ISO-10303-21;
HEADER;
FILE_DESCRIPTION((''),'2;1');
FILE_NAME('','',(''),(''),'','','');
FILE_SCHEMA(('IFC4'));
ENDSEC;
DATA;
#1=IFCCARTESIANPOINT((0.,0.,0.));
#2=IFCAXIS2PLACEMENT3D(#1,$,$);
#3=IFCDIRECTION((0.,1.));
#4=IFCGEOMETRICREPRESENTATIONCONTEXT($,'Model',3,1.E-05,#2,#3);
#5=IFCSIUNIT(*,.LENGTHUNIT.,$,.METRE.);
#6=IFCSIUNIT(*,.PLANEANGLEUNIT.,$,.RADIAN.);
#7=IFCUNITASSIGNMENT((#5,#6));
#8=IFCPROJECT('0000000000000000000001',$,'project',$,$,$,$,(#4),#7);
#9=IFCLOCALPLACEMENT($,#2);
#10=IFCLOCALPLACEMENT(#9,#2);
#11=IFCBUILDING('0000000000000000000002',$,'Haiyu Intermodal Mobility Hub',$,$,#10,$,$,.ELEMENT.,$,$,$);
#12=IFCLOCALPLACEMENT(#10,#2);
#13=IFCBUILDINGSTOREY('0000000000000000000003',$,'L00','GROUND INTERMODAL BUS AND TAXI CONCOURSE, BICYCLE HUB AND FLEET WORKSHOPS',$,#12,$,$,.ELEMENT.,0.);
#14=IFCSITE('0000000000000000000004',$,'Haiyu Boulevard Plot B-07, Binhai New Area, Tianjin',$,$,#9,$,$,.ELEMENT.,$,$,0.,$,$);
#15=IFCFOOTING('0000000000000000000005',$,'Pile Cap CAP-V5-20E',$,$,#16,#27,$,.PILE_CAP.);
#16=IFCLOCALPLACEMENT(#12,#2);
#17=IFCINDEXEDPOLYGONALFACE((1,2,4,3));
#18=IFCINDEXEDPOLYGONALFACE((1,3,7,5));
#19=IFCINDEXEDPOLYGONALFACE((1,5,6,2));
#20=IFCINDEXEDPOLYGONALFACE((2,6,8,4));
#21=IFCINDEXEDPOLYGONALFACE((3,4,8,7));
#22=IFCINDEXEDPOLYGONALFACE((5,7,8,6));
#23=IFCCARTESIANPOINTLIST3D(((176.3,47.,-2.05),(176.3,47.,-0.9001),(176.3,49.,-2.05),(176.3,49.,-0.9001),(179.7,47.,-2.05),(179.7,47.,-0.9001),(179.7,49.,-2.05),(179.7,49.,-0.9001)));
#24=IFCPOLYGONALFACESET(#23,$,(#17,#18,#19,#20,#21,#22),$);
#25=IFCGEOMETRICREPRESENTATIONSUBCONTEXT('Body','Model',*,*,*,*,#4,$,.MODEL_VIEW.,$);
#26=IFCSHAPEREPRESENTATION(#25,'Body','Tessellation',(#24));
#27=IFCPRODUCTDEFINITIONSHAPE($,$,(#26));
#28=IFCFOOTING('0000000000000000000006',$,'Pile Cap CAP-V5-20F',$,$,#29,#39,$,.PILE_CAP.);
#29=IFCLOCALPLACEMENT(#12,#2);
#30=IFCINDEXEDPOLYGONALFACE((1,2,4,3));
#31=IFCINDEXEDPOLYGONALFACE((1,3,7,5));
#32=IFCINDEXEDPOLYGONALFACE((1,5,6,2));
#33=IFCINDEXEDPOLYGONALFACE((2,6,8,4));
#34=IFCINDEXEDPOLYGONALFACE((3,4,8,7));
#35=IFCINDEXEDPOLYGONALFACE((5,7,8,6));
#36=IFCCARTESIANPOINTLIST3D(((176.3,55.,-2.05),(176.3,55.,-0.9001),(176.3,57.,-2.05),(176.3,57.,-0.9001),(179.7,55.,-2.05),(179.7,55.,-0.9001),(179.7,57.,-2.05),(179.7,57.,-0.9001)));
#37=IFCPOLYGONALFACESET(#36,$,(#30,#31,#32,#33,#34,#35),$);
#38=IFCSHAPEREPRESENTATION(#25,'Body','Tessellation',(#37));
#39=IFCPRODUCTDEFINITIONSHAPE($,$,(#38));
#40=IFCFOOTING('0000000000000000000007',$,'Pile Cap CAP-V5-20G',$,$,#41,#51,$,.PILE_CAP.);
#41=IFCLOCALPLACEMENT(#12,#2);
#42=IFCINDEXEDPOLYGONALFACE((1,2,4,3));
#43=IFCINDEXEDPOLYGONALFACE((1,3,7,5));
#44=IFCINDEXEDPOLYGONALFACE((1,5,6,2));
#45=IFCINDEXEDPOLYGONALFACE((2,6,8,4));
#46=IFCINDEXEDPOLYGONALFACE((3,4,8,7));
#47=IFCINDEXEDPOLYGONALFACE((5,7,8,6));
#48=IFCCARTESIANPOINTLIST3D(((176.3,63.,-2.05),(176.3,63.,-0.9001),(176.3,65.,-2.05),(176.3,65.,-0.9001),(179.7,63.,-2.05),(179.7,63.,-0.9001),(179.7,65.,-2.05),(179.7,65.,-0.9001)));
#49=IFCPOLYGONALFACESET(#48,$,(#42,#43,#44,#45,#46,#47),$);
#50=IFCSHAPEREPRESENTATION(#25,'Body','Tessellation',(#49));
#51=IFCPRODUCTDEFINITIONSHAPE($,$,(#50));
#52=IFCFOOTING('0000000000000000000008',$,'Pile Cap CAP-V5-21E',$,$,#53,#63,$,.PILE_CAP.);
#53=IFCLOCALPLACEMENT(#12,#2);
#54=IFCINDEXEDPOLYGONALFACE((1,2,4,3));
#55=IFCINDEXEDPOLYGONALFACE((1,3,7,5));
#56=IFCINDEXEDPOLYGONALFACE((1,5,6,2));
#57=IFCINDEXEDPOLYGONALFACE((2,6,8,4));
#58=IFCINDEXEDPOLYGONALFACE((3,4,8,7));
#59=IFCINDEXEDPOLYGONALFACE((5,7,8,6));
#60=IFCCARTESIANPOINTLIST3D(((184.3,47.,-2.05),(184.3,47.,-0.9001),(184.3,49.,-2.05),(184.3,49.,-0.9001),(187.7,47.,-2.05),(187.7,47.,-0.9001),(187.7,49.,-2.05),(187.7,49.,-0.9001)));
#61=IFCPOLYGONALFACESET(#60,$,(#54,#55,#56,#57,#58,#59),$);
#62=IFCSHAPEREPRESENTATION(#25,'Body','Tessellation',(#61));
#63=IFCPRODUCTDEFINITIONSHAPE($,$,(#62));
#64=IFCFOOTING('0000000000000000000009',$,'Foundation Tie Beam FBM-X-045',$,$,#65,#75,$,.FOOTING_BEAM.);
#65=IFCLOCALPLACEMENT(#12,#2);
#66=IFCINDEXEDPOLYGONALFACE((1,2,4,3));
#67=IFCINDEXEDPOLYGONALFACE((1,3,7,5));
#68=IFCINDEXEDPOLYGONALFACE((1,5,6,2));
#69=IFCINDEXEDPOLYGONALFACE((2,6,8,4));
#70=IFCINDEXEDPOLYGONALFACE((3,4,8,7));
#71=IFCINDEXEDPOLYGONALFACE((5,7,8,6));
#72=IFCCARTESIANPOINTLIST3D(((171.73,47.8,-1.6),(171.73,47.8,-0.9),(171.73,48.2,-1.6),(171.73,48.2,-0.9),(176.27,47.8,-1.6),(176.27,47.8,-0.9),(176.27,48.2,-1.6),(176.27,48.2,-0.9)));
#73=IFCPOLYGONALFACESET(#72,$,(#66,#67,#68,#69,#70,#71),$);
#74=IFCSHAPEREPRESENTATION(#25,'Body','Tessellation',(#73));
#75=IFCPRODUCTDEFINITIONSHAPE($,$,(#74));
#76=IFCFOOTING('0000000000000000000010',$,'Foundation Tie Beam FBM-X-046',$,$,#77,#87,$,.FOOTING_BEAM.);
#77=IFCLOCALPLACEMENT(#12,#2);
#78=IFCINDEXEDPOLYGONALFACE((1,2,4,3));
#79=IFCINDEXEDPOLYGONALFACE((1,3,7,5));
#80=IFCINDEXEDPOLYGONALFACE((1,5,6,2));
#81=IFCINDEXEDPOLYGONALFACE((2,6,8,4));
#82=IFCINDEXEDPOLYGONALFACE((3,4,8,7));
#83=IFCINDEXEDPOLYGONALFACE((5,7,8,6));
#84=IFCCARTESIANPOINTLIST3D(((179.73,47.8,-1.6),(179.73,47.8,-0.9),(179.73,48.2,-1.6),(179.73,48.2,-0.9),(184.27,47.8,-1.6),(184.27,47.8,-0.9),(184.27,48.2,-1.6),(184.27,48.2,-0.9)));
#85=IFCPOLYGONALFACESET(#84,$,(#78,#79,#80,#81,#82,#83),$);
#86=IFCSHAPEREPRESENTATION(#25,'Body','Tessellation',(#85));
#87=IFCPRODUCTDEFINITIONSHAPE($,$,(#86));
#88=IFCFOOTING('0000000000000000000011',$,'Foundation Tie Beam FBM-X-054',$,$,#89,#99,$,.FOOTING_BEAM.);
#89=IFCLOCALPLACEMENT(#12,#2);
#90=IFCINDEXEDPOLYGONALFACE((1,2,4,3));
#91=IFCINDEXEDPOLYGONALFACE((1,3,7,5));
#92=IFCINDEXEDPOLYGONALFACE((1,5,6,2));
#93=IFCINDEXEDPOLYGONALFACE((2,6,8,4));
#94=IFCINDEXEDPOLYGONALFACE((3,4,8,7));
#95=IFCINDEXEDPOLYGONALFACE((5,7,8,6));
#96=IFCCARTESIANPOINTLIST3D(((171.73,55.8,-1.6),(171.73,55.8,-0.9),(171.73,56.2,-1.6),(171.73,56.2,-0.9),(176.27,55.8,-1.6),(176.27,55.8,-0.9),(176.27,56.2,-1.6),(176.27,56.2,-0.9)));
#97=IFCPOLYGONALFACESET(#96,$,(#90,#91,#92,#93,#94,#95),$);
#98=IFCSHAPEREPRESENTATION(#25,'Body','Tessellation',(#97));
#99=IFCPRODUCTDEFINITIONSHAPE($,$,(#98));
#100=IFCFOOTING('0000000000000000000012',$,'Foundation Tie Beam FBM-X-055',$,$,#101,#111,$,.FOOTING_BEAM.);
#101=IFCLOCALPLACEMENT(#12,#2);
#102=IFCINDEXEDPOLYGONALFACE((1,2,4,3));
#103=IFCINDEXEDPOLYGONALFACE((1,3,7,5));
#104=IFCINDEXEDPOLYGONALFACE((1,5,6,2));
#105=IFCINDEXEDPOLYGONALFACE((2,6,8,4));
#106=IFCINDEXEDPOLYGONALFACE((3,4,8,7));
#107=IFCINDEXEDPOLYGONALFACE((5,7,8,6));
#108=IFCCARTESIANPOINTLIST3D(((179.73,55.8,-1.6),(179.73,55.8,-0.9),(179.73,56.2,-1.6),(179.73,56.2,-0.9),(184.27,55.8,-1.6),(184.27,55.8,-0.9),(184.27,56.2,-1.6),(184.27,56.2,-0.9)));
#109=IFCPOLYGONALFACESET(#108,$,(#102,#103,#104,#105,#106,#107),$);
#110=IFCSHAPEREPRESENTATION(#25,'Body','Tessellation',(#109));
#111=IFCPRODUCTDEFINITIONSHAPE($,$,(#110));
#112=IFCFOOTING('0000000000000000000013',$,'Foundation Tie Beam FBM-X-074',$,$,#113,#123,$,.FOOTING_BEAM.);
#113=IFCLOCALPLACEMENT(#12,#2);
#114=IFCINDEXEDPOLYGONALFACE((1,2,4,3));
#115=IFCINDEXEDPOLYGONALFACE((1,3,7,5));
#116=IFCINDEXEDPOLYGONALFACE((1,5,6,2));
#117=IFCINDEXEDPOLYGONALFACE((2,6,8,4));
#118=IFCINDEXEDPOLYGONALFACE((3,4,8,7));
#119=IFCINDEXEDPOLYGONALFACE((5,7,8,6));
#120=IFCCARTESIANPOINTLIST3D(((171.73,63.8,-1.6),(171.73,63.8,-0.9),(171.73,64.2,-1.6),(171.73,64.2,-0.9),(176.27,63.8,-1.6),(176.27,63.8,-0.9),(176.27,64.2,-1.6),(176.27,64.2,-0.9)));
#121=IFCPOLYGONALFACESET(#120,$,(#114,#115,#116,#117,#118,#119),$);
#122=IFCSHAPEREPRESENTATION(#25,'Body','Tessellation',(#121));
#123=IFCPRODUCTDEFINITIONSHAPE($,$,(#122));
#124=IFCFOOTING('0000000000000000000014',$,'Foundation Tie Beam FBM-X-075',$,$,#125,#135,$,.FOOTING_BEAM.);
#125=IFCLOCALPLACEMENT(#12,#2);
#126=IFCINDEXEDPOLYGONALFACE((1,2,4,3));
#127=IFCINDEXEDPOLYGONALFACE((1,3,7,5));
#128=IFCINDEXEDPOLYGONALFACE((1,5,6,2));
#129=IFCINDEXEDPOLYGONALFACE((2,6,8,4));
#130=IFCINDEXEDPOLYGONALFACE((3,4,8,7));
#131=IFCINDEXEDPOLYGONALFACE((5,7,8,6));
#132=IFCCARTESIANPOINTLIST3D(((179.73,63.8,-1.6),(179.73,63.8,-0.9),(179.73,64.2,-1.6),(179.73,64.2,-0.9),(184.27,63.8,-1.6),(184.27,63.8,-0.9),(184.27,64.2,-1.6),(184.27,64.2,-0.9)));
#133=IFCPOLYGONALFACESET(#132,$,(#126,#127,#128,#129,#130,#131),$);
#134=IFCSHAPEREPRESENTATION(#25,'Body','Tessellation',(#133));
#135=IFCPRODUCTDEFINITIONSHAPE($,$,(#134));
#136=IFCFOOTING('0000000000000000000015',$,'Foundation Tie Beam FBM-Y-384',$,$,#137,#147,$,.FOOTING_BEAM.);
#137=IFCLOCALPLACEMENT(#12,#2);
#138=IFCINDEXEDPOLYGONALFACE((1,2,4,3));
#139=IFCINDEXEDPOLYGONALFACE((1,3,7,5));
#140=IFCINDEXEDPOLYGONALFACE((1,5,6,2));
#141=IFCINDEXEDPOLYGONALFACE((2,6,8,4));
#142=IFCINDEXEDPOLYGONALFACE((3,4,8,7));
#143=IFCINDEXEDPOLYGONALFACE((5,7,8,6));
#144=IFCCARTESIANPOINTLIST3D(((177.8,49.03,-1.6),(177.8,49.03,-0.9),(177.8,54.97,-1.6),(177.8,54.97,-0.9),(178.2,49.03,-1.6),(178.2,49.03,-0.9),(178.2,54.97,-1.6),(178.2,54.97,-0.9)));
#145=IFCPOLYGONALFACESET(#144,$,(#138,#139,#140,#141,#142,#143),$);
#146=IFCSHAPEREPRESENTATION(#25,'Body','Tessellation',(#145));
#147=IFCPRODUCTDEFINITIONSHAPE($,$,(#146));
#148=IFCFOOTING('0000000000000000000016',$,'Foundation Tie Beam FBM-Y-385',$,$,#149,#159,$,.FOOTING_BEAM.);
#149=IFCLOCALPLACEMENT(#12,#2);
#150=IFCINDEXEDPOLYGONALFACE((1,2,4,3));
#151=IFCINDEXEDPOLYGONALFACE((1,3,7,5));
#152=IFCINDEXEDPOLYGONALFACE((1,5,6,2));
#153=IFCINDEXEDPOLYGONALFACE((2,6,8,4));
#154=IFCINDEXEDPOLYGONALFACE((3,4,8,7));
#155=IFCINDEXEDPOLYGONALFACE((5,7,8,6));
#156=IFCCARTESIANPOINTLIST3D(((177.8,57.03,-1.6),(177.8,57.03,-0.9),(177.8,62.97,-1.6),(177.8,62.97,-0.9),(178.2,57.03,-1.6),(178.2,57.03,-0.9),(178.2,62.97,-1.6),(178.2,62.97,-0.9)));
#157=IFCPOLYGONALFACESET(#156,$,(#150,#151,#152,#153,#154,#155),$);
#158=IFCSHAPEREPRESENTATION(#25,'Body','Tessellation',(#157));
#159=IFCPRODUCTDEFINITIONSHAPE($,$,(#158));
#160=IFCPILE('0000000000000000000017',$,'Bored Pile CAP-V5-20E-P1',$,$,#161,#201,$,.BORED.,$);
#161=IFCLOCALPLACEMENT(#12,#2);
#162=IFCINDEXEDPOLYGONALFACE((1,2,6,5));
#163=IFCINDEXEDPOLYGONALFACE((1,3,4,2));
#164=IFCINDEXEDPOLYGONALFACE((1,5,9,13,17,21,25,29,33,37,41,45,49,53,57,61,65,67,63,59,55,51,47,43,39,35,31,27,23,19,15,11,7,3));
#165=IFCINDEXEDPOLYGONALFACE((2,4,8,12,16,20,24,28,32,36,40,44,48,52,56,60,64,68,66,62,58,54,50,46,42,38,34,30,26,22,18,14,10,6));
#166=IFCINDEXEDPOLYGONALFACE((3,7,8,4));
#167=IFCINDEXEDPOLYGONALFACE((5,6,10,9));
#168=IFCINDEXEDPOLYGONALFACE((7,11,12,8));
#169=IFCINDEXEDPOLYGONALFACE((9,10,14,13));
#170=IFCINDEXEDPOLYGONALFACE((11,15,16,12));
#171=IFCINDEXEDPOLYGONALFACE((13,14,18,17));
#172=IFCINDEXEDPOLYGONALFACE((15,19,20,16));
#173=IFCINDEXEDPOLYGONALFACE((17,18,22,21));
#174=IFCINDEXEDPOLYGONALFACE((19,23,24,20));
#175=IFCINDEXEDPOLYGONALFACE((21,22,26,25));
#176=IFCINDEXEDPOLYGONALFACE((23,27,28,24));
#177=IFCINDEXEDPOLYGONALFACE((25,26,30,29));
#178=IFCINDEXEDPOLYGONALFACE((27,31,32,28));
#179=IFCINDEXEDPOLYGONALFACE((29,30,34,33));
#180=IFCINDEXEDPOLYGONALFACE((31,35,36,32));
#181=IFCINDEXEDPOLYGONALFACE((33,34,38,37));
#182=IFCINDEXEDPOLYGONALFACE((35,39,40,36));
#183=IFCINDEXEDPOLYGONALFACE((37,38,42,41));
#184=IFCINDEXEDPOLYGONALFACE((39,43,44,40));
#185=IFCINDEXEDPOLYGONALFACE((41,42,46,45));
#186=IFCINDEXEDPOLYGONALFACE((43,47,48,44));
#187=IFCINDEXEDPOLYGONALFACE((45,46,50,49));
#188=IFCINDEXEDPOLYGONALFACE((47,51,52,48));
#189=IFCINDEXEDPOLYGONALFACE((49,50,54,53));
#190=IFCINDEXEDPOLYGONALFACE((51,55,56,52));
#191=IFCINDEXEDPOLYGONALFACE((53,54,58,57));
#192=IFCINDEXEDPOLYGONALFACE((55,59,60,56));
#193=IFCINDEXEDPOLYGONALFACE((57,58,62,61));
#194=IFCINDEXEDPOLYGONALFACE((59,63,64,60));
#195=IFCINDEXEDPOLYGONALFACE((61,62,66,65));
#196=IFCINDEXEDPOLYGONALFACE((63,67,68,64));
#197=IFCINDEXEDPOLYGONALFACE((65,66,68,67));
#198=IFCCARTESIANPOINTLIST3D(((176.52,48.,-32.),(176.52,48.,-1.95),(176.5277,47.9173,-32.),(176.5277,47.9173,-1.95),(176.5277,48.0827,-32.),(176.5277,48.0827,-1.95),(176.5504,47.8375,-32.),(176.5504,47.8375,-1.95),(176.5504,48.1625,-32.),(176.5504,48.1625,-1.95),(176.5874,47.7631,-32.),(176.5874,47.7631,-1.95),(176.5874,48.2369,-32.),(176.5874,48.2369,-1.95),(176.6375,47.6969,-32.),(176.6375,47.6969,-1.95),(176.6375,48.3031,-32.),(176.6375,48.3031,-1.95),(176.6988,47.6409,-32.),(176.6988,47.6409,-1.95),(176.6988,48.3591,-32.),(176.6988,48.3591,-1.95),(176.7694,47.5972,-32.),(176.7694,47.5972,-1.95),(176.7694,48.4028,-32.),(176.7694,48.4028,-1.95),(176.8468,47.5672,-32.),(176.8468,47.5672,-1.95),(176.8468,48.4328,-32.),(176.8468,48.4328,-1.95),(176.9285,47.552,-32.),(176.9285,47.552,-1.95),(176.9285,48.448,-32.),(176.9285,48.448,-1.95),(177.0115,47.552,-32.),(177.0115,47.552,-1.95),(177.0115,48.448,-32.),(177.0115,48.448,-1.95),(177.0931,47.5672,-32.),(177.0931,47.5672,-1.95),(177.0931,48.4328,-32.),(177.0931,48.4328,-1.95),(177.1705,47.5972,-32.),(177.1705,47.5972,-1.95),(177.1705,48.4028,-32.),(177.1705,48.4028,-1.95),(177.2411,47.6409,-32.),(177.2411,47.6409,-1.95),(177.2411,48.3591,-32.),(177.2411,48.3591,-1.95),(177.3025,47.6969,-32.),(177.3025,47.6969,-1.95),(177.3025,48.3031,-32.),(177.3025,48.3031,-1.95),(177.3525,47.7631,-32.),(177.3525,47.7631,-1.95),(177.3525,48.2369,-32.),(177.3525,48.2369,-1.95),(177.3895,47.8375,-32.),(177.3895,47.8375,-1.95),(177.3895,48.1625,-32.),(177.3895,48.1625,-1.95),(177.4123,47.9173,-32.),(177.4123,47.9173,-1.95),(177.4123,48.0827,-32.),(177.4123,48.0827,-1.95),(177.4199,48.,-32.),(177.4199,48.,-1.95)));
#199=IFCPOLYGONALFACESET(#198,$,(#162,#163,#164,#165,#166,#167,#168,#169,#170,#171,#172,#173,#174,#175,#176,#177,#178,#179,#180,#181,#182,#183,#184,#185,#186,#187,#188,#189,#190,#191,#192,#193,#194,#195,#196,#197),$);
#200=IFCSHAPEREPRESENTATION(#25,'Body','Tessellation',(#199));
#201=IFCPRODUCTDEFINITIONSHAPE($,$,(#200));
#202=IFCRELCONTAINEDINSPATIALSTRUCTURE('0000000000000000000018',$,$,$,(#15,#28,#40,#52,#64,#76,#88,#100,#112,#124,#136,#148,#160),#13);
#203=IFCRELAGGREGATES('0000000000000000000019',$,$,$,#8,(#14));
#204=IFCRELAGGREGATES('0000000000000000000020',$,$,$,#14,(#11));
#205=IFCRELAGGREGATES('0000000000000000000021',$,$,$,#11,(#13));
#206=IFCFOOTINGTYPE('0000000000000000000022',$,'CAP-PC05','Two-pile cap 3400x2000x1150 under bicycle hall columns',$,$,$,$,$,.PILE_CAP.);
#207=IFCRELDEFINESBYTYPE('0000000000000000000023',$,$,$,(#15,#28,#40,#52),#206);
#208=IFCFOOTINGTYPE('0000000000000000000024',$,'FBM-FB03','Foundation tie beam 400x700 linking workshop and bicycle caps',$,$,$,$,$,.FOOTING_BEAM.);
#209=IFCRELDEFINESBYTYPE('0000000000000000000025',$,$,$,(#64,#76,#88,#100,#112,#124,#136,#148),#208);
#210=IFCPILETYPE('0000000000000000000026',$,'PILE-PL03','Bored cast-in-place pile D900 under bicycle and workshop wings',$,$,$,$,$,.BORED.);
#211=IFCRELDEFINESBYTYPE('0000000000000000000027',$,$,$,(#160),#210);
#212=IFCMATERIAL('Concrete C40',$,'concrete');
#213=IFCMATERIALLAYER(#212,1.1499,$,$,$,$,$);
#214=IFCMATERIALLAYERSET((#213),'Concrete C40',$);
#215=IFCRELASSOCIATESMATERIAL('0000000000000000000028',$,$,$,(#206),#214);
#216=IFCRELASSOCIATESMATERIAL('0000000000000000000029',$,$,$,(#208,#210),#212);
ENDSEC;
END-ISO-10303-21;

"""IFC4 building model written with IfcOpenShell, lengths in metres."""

from ifc_helpers import new_model, si_unit, direction, frame, origin, origin_2d, place, context, subcontext, project, spatial, rectangle, circle, extrude, material, layer, layer_set, material_profile, profile_set, type_object, element, save


model = new_model("IFC4")

# Units and contexts
model_context = context("Model", 3, precision=1e-05, world=origin(), true_north=direction((0.0, 1.0)))
body_context = subcontext(model_context, "Body", "Model", "MODEL_VIEW")
ifc_project = project(units=[si_unit("LENGTHUNIT", "METRE"), si_unit("PLANEANGLEUNIT", "RADIAN")], contexts=[model_context])

# Site, building, storey
site_placement = place(None, origin())
site = spatial("IfcSite", under=ifc_project, at=site_placement, Name="Haiyu Boulevard Plot B-07, Binhai New Area, Tianjin", CompositionType="ELEMENT", RefElevation=0.0)
building_placement = place(site_placement, origin())
building = spatial("IfcBuilding", under=site, at=building_placement, Name="Haiyu Intermodal Mobility Hub", CompositionType="ELEMENT")
storey_placement = place(building_placement, origin())
storey = spatial("IfcBuildingStorey", under=building, at=storey_placement, Name="L00", Description="GROUND INTERMODAL BUS AND TAXI CONCOURSE, BICYCLE HUB AND FLEET WORKSHOPS", CompositionType="ELEMENT", Elevation=0.0)

# Footings
ifc_material = material(Name="Concrete C40", Category="concrete")
ifc_layer = layer(ifc_material, 1.1499)
ifc_layer_set = layer_set([ifc_layer], Name="Concrete C40")
footing_type_1 = type_object("IfcFootingType", Name="CAP-PC05", Description="Two-pile cap 3400x2000x1150 under bicycle hall columns", PredefinedType="PILE_CAP", material=ifc_layer_set)
for number, where, z_axis, x_axis, name in (
    (1, (178.0, 48.0, -2.05), (0.0, 0.0, 1.0), (1.0, 0.0, 0.0), "Pile Cap CAP-V5-20E"),
    (2, (178.0, 56.0, -2.05), (0.0, 0.0, 1.0), (1.0, 0.0, 0.0), "Pile Cap CAP-V5-20F"),
    (3, (178.0, 64.0, -2.05), (0.0, 0.0, 1.0), (1.0, 0.0, 0.0), "Pile Cap CAP-V5-20G"),
    (4, (186.0, 48.0, -2.05), (0.0, 0.0, 1.0), (1.0, 0.0, 0.0), "Pile Cap CAP-V5-21E"),
):
    element("IfcFooting", number, at=place(storey_placement, frame(where, z_axis=z_axis, x_axis=x_axis)), inside=storey, type_object=footing_type_1, Name=name, PredefinedType="PILE_CAP", context=body_context, shape_type="SweptSolid", body=[
        extrude(rectangle(XDim=3.3999, YDim=2.0, at=origin_2d()), origin(), (0.0, 0.0, 1.0), 1.1499),
    ])
ifc_material_profile_1 = material_profile(ifc_material, rectangle(XDim=0.3999, YDim=0.7, at=origin_2d()), Name="FB400x700")
ifc_profile_set_1 = profile_set([ifc_material_profile_1], Name="Concrete C40")
footing_type_2 = type_object("IfcFootingType", Name="FBM-FB03", Description="Foundation tie beam 400x700 linking workshop and bicycle caps", PredefinedType="FOOTING_BEAM", material=ifc_profile_set_1)
for number, where, z_axis, x_axis, name in (
    (5, (171.73, 48.0, -1.25), (1.0, 0.0, 0.0), (0.0, 1.0, 0.0), "Foundation Tie Beam FBM-X-045"),
    (6, (179.73, 48.0, -1.25), (1.0, 0.0, 0.0), (0.0, 1.0, 0.0), "Foundation Tie Beam FBM-X-046"),
    (7, (171.73, 56.0, -1.25), (1.0, 0.0, 0.0), (0.0, 1.0, 0.0), "Foundation Tie Beam FBM-X-054"),
    (8, (179.73, 56.0, -1.25), (1.0, 0.0, 0.0), (0.0, 1.0, 0.0), "Foundation Tie Beam FBM-X-055"),
    (9, (171.73, 64.0, -1.25), (1.0, 0.0, 0.0), (0.0, 1.0, 0.0), "Foundation Tie Beam FBM-X-074"),
    (10, (179.73, 64.0, -1.25), (1.0, 0.0, 0.0), (0.0, 1.0, 0.0), "Foundation Tie Beam FBM-X-075"),
):
    element("IfcFooting", number, at=place(storey_placement, frame(where, z_axis=z_axis, x_axis=x_axis)), inside=storey, type_object=footing_type_2, Name=name, PredefinedType="FOOTING_BEAM", context=body_context, shape_type="SweptSolid", body=[
        extrude(rectangle(XDim=0.3999, YDim=0.7, at=origin_2d()), origin(), (0.0, 0.0, 1.0), 4.54),
    ])
for number, where, z_axis, x_axis, name in (
    (11, (178.0, 49.03, -1.25), (0.0, 1.0, 0.0), (-1.0, 0.0, 0.0), "Foundation Tie Beam FBM-Y-384"),
    (12, (178.0, 57.03, -1.25), (0.0, 1.0, 0.0), (-1.0, 0.0, 0.0), "Foundation Tie Beam FBM-Y-385"),
):
    element("IfcFooting", number, at=place(storey_placement, frame(where, z_axis=z_axis, x_axis=x_axis)), inside=storey, type_object=footing_type_2, Name=name, PredefinedType="FOOTING_BEAM", context=body_context, shape_type="SweptSolid", body=[
        extrude(rectangle(XDim=0.3999, YDim=0.7, at=origin_2d()), origin(), (0.0, 0.0, 1.0), 5.9399),
    ])

# Pile
ifc_material_profile_2 = material_profile(ifc_material, circle(Radius=0.45, at=origin_2d()), Name="PILE-D900")
ifc_profile_set_2 = profile_set([ifc_material_profile_2], Name="Concrete C40")
pile_type = type_object("IfcPileType", Name="PILE-PL03", Description="Bored cast-in-place pile D900 under bicycle and workshop wings", PredefinedType="BORED", material=ifc_profile_set_2)
for number, where, z_axis, x_axis, name in (
    (13, (176.97, 48.0, -1.95), (0.0, 0.0, -1.0), (1.0, 0.0, 0.0), "Bored Pile CAP-V5-20E-P1"),
):
    element("IfcPile", number, at=place(storey_placement, frame(where, z_axis=z_axis, x_axis=x_axis)), inside=storey, type_object=pile_type, Name=name, PredefinedType="BORED", context=body_context, shape_type="SweptSolid", body=[
        extrude(circle(Radius=0.45, at=origin_2d()), origin(), (0.0, 0.0, 1.0), 30.05),
    ])

save(model, "model.ifc")
